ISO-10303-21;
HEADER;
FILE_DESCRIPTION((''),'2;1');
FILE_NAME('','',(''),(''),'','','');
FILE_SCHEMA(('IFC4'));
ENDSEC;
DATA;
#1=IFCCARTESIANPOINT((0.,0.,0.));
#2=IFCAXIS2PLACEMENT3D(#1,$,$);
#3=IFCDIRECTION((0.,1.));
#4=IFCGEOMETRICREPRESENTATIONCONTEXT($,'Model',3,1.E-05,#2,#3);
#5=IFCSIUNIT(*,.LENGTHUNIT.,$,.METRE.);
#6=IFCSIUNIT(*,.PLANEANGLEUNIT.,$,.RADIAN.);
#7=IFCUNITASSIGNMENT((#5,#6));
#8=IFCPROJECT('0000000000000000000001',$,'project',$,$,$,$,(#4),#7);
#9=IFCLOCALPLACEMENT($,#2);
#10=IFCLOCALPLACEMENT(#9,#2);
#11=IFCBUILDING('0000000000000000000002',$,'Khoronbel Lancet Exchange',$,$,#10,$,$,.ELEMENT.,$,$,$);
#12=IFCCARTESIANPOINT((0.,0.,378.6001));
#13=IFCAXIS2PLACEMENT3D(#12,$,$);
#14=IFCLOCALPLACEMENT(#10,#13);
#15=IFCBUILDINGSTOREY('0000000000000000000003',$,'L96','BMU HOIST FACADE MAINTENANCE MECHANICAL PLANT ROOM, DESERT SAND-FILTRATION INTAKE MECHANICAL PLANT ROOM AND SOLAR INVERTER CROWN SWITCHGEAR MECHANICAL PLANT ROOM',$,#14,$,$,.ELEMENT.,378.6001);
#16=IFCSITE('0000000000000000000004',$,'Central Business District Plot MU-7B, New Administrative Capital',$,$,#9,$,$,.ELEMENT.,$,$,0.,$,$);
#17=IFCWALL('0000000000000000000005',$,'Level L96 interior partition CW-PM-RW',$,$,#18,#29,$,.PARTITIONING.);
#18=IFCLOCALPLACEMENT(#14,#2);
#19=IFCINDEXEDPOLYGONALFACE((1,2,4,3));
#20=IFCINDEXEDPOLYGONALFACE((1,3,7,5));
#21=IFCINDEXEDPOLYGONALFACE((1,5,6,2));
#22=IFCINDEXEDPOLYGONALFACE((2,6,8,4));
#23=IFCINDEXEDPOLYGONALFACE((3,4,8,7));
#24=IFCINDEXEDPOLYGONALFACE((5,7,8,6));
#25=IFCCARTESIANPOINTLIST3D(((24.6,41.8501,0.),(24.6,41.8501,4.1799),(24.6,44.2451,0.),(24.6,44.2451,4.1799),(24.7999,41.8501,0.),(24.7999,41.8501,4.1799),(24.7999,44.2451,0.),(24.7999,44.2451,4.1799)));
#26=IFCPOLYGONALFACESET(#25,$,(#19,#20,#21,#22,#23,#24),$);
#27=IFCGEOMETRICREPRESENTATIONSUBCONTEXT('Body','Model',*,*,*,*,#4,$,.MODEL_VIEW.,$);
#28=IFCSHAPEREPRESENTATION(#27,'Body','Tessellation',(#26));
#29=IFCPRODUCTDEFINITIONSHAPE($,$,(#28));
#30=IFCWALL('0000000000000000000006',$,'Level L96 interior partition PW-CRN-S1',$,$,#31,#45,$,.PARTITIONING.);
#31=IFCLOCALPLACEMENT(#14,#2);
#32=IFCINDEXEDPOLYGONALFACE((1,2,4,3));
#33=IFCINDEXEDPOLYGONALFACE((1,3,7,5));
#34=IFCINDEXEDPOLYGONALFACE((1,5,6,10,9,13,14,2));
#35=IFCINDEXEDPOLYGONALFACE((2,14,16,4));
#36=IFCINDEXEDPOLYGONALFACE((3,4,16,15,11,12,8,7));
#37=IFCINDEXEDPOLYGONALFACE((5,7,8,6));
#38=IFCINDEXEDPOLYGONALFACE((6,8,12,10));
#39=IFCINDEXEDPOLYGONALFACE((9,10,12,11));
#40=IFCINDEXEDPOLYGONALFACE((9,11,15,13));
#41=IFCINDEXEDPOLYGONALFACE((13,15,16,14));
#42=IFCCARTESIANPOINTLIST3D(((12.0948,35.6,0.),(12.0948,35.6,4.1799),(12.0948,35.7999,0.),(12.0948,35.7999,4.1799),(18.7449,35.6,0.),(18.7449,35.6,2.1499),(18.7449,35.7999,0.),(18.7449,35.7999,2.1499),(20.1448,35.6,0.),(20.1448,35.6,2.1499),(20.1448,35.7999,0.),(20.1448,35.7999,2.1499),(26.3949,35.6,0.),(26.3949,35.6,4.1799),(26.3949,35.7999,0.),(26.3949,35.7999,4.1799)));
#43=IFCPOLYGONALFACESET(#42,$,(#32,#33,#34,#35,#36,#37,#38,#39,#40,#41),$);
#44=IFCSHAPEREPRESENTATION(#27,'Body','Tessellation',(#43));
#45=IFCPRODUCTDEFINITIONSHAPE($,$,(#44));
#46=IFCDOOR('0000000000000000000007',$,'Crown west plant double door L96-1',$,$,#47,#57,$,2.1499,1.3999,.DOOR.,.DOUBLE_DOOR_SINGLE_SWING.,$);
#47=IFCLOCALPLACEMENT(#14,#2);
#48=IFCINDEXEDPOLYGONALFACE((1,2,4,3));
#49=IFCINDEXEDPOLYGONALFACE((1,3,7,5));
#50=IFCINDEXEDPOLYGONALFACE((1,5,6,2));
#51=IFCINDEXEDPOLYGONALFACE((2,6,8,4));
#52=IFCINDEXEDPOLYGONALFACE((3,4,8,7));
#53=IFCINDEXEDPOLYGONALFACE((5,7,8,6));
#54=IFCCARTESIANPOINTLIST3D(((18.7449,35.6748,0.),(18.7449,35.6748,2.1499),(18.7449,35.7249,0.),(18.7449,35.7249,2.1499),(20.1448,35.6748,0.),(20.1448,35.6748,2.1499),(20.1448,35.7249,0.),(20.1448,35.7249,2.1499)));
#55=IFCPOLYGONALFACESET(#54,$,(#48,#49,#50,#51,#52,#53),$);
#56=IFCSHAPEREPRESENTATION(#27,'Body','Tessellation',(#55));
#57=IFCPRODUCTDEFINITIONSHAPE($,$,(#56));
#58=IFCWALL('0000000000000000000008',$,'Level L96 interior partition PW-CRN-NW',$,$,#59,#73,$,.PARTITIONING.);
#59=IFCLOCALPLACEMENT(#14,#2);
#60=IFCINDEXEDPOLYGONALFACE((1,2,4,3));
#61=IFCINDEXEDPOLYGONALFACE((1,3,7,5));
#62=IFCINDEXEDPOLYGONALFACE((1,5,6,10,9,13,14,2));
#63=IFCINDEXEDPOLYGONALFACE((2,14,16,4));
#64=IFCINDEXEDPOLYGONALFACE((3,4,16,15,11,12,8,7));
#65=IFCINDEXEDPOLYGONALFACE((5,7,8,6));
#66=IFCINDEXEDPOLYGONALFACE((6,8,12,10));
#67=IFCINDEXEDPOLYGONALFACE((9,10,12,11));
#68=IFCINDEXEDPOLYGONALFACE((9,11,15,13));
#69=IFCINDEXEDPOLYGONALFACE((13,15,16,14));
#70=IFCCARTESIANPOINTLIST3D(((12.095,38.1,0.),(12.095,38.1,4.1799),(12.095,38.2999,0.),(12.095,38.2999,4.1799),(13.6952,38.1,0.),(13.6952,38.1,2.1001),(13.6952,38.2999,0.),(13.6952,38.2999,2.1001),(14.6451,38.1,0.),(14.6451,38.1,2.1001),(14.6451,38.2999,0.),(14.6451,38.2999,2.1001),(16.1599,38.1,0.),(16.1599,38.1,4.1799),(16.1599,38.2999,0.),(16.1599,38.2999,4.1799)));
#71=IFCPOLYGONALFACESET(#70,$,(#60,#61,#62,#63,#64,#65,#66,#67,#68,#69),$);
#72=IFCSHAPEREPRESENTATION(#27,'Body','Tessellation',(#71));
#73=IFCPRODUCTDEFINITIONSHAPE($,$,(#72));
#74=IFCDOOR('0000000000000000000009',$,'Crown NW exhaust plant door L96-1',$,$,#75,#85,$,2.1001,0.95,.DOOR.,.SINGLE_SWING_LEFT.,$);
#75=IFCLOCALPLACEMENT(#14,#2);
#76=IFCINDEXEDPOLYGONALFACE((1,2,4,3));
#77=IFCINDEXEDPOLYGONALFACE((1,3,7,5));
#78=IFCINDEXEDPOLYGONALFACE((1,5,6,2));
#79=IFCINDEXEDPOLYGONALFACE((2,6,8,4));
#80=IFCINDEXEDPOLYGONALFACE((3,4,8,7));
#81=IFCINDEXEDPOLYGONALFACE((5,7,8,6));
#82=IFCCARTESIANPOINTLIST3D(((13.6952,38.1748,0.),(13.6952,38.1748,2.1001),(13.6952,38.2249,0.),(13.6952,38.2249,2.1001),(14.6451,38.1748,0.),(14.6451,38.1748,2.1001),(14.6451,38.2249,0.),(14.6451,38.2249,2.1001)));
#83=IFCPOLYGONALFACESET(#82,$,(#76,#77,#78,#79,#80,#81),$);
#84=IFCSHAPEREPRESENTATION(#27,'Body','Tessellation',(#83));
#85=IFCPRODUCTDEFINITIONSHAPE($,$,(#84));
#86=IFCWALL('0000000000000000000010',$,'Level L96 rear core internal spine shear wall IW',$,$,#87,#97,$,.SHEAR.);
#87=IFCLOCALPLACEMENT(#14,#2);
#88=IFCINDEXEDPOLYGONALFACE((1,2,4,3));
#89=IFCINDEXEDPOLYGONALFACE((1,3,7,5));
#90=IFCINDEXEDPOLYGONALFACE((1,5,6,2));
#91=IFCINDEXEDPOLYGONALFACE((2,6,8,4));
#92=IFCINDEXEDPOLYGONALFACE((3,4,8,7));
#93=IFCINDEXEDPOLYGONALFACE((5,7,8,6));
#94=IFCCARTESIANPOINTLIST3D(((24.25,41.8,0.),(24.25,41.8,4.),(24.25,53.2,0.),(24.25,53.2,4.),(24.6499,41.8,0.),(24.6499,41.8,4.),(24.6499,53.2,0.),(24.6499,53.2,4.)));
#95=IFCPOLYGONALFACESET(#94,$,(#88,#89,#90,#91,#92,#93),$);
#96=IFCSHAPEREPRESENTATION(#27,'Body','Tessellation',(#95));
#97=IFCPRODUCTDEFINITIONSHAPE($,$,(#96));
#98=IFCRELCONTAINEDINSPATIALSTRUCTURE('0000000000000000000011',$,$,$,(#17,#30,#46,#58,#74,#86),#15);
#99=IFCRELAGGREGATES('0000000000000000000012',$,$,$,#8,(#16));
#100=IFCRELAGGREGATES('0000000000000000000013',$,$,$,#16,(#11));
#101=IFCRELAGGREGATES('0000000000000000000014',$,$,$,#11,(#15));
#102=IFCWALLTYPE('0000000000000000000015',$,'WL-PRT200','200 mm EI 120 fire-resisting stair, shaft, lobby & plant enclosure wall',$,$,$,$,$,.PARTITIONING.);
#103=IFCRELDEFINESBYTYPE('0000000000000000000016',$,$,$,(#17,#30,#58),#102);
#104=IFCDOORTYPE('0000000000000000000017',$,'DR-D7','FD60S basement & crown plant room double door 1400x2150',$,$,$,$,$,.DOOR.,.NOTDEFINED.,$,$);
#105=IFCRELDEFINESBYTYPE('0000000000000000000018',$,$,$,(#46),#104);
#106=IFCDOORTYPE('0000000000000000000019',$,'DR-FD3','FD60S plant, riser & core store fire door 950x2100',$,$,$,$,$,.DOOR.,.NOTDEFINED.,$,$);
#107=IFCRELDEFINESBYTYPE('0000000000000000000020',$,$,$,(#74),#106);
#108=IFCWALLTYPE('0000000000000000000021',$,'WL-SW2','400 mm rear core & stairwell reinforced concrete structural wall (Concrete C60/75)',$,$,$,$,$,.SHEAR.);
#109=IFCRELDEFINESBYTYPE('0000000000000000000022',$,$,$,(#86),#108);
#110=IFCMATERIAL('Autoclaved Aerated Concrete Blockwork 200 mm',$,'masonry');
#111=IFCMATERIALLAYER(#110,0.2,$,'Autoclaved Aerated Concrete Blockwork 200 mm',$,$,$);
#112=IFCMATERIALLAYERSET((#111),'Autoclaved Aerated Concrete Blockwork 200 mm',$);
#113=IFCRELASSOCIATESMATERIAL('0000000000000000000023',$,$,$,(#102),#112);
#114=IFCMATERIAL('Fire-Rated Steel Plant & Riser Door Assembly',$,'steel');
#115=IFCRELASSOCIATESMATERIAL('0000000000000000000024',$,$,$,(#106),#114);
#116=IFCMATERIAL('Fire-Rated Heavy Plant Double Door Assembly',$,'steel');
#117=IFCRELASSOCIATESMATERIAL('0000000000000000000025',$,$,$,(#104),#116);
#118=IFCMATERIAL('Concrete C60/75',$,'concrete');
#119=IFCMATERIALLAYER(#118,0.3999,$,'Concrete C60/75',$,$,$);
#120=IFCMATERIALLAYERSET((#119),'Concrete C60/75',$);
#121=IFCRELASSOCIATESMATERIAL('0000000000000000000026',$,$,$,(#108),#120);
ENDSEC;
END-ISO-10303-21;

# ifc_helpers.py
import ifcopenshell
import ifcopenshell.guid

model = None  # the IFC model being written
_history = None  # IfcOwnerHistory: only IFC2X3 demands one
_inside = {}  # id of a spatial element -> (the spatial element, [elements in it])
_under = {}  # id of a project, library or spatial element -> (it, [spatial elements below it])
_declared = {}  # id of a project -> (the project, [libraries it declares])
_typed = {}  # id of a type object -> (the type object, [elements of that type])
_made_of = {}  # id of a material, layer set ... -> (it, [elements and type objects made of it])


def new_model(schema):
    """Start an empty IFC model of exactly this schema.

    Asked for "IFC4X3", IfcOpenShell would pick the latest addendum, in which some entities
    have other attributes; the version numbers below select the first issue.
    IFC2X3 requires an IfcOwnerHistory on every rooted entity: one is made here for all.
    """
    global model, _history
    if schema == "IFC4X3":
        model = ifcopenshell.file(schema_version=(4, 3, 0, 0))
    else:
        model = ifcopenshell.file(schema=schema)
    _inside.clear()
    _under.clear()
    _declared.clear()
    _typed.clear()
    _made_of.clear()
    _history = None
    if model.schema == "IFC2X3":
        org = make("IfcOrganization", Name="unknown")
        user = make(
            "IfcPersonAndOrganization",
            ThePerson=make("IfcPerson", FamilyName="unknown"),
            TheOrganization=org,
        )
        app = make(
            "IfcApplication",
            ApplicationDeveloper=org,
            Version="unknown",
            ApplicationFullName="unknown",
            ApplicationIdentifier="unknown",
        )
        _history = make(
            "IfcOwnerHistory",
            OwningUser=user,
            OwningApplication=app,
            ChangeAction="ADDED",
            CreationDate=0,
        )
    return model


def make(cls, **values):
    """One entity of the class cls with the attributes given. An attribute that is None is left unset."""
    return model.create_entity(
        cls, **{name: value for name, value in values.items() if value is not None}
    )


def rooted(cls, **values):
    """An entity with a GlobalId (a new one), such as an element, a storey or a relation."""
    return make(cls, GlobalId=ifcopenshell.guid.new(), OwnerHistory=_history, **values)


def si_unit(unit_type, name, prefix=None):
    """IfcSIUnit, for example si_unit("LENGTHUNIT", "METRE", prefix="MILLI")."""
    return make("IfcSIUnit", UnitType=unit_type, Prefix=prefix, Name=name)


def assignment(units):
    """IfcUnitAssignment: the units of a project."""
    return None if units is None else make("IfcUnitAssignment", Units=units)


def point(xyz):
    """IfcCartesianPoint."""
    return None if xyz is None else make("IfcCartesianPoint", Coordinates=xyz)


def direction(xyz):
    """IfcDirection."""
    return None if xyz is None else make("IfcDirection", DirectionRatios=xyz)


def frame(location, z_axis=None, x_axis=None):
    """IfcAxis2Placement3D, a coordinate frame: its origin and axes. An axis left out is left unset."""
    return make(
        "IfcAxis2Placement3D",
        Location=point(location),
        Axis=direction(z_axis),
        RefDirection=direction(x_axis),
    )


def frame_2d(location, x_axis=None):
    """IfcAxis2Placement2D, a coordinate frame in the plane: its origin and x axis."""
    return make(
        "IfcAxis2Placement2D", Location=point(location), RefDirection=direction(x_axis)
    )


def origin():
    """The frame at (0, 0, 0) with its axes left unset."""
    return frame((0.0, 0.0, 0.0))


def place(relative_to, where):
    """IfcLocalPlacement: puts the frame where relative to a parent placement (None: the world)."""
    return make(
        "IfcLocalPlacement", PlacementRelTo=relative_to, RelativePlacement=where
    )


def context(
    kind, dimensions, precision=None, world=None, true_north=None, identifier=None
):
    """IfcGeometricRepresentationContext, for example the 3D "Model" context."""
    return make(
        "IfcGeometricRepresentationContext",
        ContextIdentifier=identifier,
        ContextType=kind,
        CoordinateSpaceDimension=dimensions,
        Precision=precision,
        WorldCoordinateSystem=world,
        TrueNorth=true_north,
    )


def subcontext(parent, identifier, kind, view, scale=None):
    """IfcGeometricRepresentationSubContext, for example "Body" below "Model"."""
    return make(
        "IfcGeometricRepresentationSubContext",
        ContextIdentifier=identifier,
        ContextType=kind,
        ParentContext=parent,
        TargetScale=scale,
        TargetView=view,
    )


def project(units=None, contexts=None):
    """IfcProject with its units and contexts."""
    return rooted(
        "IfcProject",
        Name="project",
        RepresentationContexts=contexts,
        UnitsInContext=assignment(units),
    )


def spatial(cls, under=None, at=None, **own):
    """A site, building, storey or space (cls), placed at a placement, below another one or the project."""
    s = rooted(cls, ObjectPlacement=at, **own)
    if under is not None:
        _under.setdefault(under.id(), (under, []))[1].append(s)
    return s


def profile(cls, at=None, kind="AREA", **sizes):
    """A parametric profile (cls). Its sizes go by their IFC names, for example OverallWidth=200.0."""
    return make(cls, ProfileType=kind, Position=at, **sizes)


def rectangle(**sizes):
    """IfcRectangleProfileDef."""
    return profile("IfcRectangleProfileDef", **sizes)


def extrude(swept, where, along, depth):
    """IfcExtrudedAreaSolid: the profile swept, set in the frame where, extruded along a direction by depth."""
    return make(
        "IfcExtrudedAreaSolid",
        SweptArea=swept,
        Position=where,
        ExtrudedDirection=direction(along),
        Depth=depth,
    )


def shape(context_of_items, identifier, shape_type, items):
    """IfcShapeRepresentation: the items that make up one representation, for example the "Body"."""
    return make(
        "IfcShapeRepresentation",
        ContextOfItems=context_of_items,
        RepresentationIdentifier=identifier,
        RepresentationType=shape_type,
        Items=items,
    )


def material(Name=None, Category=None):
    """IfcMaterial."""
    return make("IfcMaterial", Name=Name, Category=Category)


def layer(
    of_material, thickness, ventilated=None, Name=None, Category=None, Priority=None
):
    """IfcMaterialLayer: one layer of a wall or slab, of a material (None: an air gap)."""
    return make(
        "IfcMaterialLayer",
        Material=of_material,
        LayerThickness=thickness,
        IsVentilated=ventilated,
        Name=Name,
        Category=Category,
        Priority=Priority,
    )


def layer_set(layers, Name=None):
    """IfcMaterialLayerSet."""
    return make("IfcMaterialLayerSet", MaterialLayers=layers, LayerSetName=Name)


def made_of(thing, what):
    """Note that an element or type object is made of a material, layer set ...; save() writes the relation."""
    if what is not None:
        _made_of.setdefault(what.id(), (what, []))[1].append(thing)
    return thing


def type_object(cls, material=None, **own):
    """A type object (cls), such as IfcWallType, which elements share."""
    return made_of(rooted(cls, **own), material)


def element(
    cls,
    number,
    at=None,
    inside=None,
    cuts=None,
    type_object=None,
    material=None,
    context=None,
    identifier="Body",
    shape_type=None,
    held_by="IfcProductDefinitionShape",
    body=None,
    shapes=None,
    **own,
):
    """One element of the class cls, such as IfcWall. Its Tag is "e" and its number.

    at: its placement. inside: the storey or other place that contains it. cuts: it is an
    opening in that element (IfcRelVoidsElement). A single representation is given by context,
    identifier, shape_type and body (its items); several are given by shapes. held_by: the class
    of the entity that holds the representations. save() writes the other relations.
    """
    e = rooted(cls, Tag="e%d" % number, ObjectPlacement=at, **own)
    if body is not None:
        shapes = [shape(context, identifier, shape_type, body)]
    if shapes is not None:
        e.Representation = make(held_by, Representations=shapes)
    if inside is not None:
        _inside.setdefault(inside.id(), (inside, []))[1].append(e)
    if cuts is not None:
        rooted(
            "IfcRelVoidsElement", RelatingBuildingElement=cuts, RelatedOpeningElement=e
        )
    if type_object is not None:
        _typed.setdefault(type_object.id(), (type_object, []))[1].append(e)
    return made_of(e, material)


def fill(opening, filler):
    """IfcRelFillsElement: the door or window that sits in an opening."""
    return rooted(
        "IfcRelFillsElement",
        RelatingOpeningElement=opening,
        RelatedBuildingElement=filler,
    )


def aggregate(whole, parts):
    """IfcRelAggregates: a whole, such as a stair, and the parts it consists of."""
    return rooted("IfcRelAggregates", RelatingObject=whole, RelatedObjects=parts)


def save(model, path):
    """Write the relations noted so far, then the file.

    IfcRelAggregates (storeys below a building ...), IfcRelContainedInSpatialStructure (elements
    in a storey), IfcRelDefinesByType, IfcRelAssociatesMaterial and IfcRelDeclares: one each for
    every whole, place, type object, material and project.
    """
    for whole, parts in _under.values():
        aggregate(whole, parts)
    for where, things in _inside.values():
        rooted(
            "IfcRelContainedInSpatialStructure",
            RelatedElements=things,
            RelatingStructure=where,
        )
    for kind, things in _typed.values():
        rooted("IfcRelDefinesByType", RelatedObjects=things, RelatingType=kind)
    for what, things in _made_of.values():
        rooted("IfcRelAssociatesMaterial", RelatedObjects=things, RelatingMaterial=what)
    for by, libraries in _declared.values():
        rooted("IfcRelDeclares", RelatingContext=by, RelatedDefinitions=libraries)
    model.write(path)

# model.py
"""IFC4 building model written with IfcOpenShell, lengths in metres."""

from ifc_helpers import new_model, si_unit, direction, frame, frame_2d, origin, place, context, subcontext, project, spatial, rectangle, extrude, material, layer, layer_set, type_object, element, fill, save


model = new_model("IFC4")

# Units and contexts
model_context = context("Model", 3, precision=1e-05, world=origin(), true_north=direction((0.0, 1.0)))
body_context = subcontext(model_context, "Body", "Model", "MODEL_VIEW")
ifc_project = project(units=[si_unit("LENGTHUNIT", "METRE"), si_unit("PLANEANGLEUNIT", "RADIAN")], contexts=[model_context])

# Site, building, storey
site_placement = place(None, origin())
site = spatial("IfcSite", under=ifc_project, at=site_placement, Name="Central Business District Plot MU-7B, New Administrative Capital", CompositionType="ELEMENT", RefElevation=0.0)
building_placement = place(site_placement, origin())
building = spatial("IfcBuilding", under=site, at=building_placement, Name="Khoronbel Lancet Exchange", CompositionType="ELEMENT")
storey_placement = place(building_placement, frame((0.0, 0.0, 378.6001)))
storey = spatial("IfcBuildingStorey", under=building, at=storey_placement, Name="L96", Description="BMU HOIST FACADE MAINTENANCE MECHANICAL PLANT ROOM, DESERT SAND-FILTRATION INTAKE MECHANICAL PLANT ROOM AND SOLAR INVERTER CROWN SWITCHGEAR MECHANICAL PLANT ROOM", CompositionType="ELEMENT", Elevation=378.6001)

# Shared definitions
ifc_material_1 = material(Name="Concrete C60/75", Category="concrete")

# Shared definitions
ifc_material_2 = material(Name="Autoclaved Aerated Concrete Blockwork 200 mm", Category="masonry")
ifc_layer_1 = layer(ifc_material_2, 0.2, Name="Autoclaved Aerated Concrete Blockwork 200 mm")
ifc_layer_set_1 = layer_set([ifc_layer_1], Name="Autoclaved Aerated Concrete Blockwork 200 mm")
wall_type_1 = type_object("IfcWallType", Name="WL-PRT200", Description="200 mm EI 120 fire-resisting stair, shaft, lobby & plant enclosure wall", PredefinedType="PARTITIONING", material=ifc_layer_set_1)
ifc_material_3 = material(Name="Fire-Rated Steel Plant & Riser Door Assembly", Category="steel")
door_type_1 = type_object("IfcDoorType", Name="DR-FD3", Description="FD60S plant, riser & core store fire door 950x2100", OperationType="NOTDEFINED", PredefinedType="DOOR", material=ifc_material_3)

# Wall
wall_1_placement = place(storey_placement, frame((24.7, 41.8501, 0.0), z_axis=(0.0, 0.0, 1.0), x_axis=(0.0, 1.0, 0.0)))
element("IfcWall", 1, at=wall_1_placement, inside=storey, type_object=wall_type_1, Name="Level L96 interior partition CW-PM-RW", PredefinedType="PARTITIONING", context=body_context, shape_type="SweptSolid", body=[
    extrude(rectangle(XDim=2.395, YDim=0.2, at=frame_2d((1.1975, 0.0))), origin(), (0.0, 0.0, 1.0), 4.1799),
])

# Walls, openings, doors
wall_2_placement = place(storey_placement, frame((12.095, 35.7, 0.0), z_axis=(0.0, 0.0, 1.0), x_axis=(1.0, 0.0, 0.0)))
wall_2 = element("IfcWall", 2, at=wall_2_placement, inside=storey, type_object=wall_type_1, Name="Level L96 interior partition PW-CRN-S1", PredefinedType="PARTITIONING", context=body_context, shape_type="SweptSolid", body=[
    extrude(rectangle(XDim=14.3, YDim=0.2, at=frame_2d((7.1499, 0.0))), origin(), (0.0, 0.0, 1.0), 4.1799),
])
opening_1_placement = place(wall_2_placement, frame((6.6499, 0.0, 0.0)))
opening_1 = element("IfcOpeningElement", 3, at=opening_1_placement, cuts=wall_2, PredefinedType="OPENING", context=body_context, shape_type="SweptSolid", body=[
    extrude(rectangle(XDim=1.3999, YDim=2.1499, at=frame_2d((0.7, 1.075))), frame((0.0, 0.1099, 0.0), z_axis=(0.0, -1.0, 0.0), x_axis=(1.0, 0.0, 0.0)), (0.0, 0.0, 1.0), 0.22),
])
ifc_material_4 = material(Name="Fire-Rated Heavy Plant Double Door Assembly", Category="steel")
door_type_2 = type_object("IfcDoorType", Name="DR-D7", Description="FD60S basement & crown plant room double door 1400x2150", OperationType="NOTDEFINED", PredefinedType="DOOR", material=ifc_material_4)
door_1_placement = place(opening_1_placement, origin())
door_1 = element("IfcDoor", 4, at=door_1_placement, inside=storey, type_object=door_type_2, Name="Crown west plant double door L96-1", OperationType="DOUBLE_DOOR_SINGLE_SWING", OverallHeight=2.1499, OverallWidth=1.3999, PredefinedType="DOOR", context=body_context, shape_type="SweptSolid", body=[
    extrude(rectangle(XDim=1.3999, YDim=2.1499, at=frame_2d((0.7, 1.075))), frame((0.0, 0.0249, 0.0), z_axis=(0.0, -1.0, 0.0), x_axis=(1.0, 0.0, 0.0)), (0.0, 0.0, 1.0), 0.05),
])
fill(opening_1, door_1)
wall_3_placement = place(storey_placement, frame((12.095, 38.2, 0.0), z_axis=(0.0, 0.0, 1.0), x_axis=(1.0, 0.0, 0.0)))
wall_3 = element("IfcWall", 5, at=wall_3_placement, inside=storey, type_object=wall_type_1, Name="Level L96 interior partition PW-CRN-NW", PredefinedType="PARTITIONING", context=body_context, shape_type="SweptSolid", body=[
    extrude(rectangle(XDim=4.0649, YDim=0.2, at=frame_2d((2.0325, 0.0))), origin(), (0.0, 0.0, 1.0), 4.1799),
])
opening_2_placement = place(wall_3_placement, frame((1.6001, 0.0, 0.0)))
opening_2 = element("IfcOpeningElement", 6, at=opening_2_placement, cuts=wall_3, PredefinedType="OPENING", context=body_context, shape_type="SweptSolid", body=[
    extrude(rectangle(XDim=0.95, YDim=2.1001, at=frame_2d((0.4751, 1.05))), frame((0.0, 0.1099, 0.0), z_axis=(0.0, -1.0, 0.0), x_axis=(1.0, 0.0, 0.0)), (0.0, 0.0, 1.0), 0.22),
])
door_2_placement = place(opening_2_placement, origin())
door_2 = element("IfcDoor", 7, at=door_2_placement, inside=storey, type_object=door_type_1, Name="Crown NW exhaust plant door L96-1", OperationType="SINGLE_SWING_LEFT", OverallHeight=2.1001, OverallWidth=0.95, PredefinedType="DOOR", context=body_context, shape_type="SweptSolid", body=[
    extrude(rectangle(XDim=0.95, YDim=2.1001, at=frame_2d((0.4751, 1.05))), frame((0.0, 0.0249, 0.0), z_axis=(0.0, -1.0, 0.0), x_axis=(1.0, 0.0, 0.0)), (0.0, 0.0, 1.0), 0.05),
])
fill(opening_2, door_2)

# Wall
ifc_layer_2 = layer(ifc_material_1, 0.3999, Name="Concrete C60/75")
ifc_layer_set_2 = layer_set([ifc_layer_2], Name="Concrete C60/75")
wall_type_2 = type_object("IfcWallType", Name="WL-SW2", Description="400 mm rear core & stairwell reinforced concrete structural wall (Concrete C60/75)", PredefinedType="SHEAR", material=ifc_layer_set_2)
wall_4_placement = place(storey_placement, frame((24.45, 41.8, 0.0), z_axis=(0.0, 0.0, 1.0), x_axis=(0.0, 1.0, 0.0)))
element("IfcWall", 8, at=wall_4_placement, inside=storey, type_object=wall_type_2, Name="Level L96 rear core internal spine shear wall IW", PredefinedType="SHEAR", context=body_context, shape_type="SweptSolid", body=[
    extrude(rectangle(XDim=11.3999, YDim=0.3999, at=frame_2d((5.7, 0.0))), origin(), (0.0, 0.0, 1.0), 4.0),
])

save(model, "model.ifc")
